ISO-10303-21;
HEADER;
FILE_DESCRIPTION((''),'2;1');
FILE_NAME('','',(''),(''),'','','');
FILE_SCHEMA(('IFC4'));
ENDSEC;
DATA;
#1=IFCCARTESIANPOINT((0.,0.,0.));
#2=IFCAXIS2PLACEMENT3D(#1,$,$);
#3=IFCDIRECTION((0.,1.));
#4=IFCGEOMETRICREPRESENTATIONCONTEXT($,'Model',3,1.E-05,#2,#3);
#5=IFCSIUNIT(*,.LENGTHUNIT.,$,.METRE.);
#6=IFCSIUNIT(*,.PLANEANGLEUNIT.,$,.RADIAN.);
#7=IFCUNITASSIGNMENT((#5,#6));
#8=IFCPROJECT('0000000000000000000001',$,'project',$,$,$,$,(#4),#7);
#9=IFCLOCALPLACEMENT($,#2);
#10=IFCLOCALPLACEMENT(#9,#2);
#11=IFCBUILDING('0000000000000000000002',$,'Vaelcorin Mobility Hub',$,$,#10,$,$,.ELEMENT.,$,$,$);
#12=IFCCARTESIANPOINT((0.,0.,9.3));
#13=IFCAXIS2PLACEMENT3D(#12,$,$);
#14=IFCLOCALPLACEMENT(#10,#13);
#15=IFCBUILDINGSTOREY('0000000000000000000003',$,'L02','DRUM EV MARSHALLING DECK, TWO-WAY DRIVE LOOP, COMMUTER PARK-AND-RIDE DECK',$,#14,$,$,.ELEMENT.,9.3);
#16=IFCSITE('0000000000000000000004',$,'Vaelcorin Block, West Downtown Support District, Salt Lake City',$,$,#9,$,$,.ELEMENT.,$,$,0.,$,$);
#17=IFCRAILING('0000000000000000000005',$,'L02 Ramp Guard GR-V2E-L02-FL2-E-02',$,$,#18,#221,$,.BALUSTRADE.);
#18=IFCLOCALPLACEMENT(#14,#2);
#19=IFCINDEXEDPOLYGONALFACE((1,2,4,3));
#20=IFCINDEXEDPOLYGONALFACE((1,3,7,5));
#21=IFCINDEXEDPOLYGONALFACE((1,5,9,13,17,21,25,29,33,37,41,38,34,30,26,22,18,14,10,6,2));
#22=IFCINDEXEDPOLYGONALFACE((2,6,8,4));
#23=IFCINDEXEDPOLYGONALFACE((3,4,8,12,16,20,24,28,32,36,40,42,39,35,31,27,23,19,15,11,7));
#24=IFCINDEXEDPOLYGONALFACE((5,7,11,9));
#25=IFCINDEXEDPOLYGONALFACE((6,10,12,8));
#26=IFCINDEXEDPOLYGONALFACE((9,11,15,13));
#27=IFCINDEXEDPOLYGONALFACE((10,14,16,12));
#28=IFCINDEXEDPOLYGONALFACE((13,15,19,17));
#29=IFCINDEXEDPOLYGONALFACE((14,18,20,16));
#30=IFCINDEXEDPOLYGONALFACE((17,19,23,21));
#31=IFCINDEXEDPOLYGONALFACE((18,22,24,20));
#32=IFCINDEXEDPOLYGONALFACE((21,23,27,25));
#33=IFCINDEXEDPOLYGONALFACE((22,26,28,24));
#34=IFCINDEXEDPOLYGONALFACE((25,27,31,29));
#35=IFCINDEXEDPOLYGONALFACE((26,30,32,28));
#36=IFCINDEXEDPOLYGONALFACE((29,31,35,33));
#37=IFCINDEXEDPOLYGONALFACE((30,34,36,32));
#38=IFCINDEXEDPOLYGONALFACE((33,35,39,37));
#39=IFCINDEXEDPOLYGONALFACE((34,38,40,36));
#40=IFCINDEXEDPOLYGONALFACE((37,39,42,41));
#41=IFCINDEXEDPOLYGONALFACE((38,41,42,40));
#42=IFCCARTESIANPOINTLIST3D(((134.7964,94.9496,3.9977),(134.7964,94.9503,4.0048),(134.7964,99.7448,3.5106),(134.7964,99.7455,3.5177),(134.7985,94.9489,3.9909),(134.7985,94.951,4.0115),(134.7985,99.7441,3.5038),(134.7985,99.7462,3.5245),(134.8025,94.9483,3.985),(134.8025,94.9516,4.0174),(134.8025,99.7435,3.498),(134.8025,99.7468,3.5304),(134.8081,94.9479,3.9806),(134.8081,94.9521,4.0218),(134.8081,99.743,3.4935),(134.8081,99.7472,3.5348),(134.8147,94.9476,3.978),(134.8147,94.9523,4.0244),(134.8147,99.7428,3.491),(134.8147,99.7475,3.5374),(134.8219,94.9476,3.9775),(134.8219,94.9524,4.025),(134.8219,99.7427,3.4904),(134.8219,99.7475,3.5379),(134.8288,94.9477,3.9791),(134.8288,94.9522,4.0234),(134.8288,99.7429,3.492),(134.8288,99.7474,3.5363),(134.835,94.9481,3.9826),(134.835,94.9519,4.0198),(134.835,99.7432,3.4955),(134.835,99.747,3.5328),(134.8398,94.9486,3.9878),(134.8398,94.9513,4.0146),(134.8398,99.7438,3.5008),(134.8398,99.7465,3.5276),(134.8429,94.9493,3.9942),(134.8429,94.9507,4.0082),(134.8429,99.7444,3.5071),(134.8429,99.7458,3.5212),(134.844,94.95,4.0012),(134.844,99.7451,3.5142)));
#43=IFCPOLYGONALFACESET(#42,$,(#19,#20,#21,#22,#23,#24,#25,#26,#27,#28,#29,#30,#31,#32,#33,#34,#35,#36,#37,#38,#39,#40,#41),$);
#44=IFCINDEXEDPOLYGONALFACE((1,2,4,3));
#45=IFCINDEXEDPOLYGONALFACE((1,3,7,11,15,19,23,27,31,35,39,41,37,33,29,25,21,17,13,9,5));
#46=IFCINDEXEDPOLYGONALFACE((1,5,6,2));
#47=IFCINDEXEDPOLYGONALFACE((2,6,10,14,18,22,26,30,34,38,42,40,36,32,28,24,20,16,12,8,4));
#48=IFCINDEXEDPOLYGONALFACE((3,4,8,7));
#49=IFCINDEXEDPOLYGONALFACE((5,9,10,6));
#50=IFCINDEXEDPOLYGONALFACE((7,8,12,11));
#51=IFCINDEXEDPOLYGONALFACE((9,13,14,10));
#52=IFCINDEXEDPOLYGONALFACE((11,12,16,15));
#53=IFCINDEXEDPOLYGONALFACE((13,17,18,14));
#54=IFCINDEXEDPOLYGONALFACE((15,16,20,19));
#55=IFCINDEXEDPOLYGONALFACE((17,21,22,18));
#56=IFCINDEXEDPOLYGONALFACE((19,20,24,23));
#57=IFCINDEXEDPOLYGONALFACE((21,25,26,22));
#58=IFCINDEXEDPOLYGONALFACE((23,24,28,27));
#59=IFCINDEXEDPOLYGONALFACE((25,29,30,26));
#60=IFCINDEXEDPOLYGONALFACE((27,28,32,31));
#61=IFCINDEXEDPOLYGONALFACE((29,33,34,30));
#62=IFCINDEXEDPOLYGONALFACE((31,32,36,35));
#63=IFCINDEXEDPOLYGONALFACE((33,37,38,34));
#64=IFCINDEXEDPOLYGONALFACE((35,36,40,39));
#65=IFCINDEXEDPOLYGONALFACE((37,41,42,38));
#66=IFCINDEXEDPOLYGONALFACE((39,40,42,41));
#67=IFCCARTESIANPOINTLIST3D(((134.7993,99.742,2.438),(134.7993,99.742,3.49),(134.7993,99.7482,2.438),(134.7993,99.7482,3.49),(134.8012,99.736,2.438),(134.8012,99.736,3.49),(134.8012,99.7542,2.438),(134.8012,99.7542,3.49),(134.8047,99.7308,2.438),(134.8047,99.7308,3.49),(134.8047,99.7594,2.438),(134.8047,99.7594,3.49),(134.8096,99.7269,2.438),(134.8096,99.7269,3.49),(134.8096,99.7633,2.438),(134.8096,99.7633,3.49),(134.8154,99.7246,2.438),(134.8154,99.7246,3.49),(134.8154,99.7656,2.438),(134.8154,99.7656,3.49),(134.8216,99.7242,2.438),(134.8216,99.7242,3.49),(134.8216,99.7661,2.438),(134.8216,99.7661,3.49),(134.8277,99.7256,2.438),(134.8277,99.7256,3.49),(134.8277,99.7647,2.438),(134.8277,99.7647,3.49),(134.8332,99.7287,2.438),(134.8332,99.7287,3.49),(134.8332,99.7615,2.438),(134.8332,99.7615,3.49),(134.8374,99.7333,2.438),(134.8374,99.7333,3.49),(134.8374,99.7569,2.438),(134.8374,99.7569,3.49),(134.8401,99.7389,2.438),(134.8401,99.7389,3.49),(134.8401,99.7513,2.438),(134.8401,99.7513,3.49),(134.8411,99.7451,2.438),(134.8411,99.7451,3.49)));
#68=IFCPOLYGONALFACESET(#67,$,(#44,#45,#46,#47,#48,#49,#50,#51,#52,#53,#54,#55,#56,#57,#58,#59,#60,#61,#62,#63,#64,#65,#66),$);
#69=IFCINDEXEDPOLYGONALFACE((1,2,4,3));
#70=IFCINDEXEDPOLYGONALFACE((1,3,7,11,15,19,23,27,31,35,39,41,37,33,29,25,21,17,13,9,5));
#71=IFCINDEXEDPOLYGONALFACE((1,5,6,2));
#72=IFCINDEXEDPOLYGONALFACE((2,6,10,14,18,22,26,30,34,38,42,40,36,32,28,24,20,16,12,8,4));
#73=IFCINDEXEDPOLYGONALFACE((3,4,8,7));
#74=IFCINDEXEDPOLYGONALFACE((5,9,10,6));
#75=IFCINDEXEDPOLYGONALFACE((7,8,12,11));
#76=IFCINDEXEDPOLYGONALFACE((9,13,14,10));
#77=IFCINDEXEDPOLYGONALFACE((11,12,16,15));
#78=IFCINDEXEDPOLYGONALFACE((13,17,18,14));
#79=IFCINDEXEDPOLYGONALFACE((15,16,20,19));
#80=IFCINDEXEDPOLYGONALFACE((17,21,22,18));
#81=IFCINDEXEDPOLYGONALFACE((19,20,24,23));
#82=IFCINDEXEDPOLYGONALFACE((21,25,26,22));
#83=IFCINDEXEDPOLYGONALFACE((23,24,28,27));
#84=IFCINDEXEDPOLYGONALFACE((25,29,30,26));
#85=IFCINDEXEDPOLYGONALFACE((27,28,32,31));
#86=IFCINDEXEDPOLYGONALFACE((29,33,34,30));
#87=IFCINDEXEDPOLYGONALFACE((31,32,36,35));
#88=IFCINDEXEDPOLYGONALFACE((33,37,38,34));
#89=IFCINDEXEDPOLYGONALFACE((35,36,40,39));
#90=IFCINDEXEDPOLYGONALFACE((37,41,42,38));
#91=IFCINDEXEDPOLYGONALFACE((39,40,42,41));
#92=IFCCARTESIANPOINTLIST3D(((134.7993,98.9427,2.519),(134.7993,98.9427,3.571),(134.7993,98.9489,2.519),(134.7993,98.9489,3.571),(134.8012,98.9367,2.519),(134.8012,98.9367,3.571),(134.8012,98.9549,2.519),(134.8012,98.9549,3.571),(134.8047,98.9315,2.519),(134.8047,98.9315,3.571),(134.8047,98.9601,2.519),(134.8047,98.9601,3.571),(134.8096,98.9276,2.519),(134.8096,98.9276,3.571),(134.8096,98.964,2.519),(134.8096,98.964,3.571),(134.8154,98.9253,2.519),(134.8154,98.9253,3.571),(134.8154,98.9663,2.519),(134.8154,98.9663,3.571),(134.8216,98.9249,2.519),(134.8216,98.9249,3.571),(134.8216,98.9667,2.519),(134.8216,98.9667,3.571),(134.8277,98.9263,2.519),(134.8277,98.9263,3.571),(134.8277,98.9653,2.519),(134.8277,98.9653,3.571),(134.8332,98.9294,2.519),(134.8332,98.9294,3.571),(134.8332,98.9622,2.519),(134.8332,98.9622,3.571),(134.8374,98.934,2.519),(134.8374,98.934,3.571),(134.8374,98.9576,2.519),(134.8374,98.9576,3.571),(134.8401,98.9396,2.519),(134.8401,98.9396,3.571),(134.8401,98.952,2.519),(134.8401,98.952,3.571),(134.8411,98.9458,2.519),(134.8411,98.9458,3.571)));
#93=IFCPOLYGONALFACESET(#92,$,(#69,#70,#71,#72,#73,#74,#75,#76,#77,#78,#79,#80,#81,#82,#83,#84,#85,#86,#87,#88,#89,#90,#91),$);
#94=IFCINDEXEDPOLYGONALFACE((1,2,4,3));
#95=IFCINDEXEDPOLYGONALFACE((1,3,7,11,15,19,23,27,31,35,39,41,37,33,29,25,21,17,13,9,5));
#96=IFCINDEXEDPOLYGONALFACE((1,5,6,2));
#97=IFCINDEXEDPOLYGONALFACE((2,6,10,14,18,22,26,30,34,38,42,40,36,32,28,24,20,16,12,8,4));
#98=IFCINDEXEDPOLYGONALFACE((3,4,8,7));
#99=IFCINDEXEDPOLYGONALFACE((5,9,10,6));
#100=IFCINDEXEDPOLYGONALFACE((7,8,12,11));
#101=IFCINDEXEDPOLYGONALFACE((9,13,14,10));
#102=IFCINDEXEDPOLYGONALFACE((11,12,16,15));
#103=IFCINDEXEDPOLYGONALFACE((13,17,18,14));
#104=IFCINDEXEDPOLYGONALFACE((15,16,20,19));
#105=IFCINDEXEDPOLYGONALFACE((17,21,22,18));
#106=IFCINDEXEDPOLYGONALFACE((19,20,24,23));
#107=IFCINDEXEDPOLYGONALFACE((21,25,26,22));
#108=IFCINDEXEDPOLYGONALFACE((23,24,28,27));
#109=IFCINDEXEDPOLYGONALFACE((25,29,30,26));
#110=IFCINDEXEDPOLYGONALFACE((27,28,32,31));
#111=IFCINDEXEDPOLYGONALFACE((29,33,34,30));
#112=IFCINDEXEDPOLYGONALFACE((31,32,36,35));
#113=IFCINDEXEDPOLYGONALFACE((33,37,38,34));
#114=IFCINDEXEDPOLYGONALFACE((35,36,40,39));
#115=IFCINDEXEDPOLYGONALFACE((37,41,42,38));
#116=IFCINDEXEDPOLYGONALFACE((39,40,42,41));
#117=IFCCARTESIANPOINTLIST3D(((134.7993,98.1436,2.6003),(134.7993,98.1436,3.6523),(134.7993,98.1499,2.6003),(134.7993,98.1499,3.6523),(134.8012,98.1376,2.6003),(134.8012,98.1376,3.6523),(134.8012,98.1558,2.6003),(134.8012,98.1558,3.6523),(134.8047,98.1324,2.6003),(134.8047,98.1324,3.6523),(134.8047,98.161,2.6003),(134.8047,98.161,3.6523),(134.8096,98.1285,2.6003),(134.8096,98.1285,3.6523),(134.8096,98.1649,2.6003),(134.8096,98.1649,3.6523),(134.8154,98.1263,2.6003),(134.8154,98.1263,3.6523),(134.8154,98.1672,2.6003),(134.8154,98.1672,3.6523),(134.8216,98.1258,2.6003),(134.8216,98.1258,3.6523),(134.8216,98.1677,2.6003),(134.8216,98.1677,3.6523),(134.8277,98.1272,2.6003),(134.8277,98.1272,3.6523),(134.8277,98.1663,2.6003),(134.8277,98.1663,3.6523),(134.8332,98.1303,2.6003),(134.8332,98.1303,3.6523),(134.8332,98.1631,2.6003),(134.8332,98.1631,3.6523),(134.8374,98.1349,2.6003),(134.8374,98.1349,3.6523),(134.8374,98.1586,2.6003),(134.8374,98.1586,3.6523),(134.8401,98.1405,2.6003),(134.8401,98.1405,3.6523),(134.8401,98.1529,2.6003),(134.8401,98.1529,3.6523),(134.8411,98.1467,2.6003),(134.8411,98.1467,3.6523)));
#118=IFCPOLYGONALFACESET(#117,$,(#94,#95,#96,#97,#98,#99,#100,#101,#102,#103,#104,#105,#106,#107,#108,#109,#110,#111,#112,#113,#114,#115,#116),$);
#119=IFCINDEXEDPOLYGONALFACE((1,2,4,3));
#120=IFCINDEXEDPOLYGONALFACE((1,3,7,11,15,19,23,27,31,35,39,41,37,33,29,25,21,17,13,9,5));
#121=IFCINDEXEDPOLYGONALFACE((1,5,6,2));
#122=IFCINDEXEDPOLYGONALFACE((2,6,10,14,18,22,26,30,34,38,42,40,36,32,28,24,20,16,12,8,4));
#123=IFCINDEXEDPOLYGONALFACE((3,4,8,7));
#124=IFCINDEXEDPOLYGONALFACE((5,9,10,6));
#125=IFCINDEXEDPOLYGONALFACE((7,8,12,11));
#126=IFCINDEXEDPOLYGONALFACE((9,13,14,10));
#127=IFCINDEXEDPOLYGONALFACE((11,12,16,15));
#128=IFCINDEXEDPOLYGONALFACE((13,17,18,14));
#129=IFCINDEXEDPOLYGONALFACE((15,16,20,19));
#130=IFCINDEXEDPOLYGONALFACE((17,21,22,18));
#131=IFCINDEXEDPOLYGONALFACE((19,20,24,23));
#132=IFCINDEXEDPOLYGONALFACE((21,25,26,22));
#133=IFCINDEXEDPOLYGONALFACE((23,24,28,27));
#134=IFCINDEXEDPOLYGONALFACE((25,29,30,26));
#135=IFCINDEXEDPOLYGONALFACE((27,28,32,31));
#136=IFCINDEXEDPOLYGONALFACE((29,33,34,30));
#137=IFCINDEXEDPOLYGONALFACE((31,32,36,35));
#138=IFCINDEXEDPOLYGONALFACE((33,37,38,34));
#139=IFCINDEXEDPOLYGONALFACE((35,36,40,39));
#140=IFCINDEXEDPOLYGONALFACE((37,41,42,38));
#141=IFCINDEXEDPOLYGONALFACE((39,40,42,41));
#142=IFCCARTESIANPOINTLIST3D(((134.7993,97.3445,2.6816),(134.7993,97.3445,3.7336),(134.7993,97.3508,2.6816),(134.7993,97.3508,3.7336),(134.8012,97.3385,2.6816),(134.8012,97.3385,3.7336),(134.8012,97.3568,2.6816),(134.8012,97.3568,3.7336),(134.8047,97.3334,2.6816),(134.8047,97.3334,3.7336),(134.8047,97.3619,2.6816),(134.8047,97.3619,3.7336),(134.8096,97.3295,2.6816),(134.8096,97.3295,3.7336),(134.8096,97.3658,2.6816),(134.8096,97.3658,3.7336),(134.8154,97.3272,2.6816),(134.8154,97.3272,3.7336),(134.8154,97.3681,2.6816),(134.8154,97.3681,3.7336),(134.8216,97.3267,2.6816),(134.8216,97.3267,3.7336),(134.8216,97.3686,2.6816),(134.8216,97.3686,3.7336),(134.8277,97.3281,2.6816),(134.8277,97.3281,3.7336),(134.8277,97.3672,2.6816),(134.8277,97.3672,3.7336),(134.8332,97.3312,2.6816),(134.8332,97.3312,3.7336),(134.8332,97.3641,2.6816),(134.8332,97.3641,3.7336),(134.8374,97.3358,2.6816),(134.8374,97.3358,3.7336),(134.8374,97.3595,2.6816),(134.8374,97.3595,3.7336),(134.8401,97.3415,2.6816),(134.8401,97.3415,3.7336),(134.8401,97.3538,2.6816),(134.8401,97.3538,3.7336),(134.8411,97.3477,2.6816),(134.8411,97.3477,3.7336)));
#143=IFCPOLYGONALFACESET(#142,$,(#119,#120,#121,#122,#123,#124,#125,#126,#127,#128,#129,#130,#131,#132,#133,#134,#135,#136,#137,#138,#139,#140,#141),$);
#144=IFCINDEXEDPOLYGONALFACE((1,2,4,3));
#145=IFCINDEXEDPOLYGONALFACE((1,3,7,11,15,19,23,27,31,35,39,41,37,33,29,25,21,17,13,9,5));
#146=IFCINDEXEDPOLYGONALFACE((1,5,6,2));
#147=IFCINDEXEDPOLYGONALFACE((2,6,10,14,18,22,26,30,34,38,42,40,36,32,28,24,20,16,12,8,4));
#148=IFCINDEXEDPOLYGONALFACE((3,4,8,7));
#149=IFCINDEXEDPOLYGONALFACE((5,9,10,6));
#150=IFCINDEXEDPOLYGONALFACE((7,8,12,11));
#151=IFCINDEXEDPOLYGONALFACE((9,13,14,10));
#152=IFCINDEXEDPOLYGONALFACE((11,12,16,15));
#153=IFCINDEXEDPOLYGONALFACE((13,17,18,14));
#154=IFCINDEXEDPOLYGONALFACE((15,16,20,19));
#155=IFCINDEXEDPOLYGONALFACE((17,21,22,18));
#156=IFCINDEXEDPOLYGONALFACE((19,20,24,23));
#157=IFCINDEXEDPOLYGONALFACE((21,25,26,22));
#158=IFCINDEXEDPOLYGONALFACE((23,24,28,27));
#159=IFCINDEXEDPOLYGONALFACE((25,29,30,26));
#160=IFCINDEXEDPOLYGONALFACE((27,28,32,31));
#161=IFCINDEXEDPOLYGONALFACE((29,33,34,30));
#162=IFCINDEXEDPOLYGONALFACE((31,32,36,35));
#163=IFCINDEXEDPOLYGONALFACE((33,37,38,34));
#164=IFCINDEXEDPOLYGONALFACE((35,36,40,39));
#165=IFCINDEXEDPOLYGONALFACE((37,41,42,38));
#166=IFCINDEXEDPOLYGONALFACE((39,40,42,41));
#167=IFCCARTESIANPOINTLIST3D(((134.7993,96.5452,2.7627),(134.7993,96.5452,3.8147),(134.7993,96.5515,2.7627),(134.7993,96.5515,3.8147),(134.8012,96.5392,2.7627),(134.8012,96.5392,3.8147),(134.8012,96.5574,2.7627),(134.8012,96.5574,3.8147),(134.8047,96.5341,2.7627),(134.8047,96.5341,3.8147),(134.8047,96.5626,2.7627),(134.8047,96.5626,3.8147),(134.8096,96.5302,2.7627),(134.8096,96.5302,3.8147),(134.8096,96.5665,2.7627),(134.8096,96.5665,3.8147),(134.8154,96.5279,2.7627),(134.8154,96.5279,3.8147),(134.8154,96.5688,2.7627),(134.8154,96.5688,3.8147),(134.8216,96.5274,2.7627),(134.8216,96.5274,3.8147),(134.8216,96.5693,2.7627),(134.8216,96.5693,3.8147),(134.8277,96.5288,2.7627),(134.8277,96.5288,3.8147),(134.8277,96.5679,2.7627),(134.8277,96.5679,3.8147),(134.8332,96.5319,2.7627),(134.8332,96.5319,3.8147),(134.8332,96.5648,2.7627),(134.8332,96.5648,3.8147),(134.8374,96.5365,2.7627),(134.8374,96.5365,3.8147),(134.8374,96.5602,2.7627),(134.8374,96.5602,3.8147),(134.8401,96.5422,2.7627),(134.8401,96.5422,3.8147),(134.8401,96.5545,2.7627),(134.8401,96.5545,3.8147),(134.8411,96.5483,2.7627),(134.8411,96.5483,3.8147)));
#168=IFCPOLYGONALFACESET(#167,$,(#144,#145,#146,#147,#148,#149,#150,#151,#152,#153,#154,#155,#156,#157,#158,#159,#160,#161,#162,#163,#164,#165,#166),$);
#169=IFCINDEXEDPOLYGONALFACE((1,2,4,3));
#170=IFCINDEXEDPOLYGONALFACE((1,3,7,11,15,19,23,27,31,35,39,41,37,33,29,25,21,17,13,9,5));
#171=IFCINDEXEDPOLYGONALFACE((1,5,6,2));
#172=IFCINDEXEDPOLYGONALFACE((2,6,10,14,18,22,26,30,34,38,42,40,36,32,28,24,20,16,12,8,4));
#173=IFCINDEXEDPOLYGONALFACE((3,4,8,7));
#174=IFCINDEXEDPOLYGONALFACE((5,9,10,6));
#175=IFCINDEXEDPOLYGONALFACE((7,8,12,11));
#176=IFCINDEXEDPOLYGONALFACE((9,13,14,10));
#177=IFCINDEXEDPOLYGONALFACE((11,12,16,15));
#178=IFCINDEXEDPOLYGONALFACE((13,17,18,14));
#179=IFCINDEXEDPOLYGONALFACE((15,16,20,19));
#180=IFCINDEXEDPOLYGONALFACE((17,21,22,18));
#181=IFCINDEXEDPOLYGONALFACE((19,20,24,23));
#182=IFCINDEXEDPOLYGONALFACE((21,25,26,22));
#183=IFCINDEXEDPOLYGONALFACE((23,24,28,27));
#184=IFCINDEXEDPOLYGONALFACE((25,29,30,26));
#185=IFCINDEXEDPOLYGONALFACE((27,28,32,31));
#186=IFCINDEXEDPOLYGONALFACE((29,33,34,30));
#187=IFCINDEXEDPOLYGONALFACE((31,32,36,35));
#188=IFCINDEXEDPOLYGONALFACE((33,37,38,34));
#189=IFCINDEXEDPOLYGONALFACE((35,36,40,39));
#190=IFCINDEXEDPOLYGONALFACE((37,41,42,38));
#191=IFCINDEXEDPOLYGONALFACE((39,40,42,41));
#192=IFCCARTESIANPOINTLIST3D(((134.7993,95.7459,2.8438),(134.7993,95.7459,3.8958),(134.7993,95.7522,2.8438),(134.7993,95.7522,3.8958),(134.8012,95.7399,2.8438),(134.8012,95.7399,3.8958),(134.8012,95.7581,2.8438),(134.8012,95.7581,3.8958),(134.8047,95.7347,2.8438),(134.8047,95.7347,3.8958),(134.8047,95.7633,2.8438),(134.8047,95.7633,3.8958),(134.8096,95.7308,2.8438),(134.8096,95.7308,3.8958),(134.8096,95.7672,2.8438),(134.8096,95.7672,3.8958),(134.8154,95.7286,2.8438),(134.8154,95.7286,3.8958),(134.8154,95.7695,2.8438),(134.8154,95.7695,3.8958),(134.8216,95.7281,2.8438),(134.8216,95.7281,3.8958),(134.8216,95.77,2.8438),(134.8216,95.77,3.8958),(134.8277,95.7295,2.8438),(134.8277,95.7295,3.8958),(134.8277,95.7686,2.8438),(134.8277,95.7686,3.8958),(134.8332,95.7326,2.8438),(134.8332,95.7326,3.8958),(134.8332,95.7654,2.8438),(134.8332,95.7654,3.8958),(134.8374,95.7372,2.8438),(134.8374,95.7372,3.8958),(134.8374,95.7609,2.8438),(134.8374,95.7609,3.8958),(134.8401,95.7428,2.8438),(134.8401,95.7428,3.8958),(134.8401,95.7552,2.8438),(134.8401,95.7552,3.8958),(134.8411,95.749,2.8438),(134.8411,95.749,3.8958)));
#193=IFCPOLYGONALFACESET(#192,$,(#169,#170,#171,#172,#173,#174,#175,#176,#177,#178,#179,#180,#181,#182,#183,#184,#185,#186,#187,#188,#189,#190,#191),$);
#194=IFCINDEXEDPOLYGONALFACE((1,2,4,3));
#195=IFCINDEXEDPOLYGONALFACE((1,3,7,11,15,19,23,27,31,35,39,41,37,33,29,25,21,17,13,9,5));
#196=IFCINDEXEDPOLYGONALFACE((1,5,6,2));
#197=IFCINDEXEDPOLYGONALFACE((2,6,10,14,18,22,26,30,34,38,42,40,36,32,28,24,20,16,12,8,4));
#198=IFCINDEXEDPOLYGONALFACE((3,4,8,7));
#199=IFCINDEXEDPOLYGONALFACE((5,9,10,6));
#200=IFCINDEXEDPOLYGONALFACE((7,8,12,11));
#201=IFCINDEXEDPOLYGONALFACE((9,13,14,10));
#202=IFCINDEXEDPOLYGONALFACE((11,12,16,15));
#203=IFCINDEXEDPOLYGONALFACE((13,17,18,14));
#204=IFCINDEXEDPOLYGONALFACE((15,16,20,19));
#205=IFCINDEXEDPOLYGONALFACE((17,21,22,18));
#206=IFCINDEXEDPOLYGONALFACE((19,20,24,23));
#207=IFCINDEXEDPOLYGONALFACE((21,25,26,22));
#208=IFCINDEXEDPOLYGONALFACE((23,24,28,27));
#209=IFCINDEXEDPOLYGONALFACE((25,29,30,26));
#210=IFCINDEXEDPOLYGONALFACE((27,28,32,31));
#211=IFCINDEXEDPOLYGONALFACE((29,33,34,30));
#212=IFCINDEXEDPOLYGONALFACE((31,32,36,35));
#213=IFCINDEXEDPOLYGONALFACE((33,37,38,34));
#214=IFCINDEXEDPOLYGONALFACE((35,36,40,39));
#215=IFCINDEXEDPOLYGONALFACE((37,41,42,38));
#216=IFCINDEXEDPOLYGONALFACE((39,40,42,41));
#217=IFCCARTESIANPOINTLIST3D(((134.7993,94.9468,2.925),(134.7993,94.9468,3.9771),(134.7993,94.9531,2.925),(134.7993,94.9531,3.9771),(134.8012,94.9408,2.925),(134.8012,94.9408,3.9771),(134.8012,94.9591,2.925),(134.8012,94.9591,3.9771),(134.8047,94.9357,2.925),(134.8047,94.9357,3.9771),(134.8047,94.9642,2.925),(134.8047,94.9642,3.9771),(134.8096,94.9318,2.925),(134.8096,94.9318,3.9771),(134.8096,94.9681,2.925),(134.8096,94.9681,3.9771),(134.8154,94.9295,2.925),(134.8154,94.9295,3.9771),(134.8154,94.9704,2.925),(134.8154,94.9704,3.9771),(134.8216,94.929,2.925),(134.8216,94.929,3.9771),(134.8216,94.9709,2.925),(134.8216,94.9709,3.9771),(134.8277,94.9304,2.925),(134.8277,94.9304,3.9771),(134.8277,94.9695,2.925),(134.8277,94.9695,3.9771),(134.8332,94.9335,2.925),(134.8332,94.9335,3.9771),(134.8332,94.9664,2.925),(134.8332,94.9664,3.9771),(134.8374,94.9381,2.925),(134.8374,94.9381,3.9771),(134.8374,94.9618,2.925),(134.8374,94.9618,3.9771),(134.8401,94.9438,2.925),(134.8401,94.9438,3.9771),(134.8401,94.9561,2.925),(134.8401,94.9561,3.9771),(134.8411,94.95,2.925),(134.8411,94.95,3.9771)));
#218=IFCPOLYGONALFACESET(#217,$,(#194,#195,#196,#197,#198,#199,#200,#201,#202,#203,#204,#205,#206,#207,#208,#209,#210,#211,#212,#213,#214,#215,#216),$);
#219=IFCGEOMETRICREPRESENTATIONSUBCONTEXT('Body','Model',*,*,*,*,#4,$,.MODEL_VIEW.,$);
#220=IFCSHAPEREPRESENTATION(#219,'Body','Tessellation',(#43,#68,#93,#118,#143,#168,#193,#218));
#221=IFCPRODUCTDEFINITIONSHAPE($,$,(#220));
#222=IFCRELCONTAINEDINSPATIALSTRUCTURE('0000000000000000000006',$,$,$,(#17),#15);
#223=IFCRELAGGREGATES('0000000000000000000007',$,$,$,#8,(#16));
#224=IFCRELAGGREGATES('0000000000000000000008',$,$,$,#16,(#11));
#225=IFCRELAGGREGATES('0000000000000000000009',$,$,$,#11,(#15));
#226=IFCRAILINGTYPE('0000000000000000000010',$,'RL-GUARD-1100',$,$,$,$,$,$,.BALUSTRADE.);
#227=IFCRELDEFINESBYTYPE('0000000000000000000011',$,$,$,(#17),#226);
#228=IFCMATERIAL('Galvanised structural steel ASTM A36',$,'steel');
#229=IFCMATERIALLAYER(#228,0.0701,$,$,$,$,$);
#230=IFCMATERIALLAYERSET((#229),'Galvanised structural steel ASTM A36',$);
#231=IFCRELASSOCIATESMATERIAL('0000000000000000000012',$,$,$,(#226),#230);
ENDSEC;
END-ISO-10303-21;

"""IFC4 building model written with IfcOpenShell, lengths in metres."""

from ifc_helpers import new_model, si_unit, direction, frame, origin, origin_2d, place, context, subcontext, project, spatial, circle, extrude, material, layer, layer_set, type_object, element, save


model = new_model("IFC4")

# Units and contexts
model_context = context("Model", 3, precision=1e-05, world=origin(), true_north=direction((0.0, 1.0)))
body_context = subcontext(model_context, "Body", "Model", "MODEL_VIEW")
ifc_project = project(units=[si_unit("LENGTHUNIT", "METRE"), si_unit("PLANEANGLEUNIT", "RADIAN")], contexts=[model_context])

# Site, building, storey
site_placement = place(None, origin())
site = spatial("IfcSite", under=ifc_project, at=site_placement, Name="Vaelcorin Block, West Downtown Support District, Salt Lake City", CompositionType="ELEMENT", RefElevation=0.0)
building_placement = place(site_placement, origin())
building = spatial("IfcBuilding", under=site, at=building_placement, Name="Vaelcorin Mobility Hub", CompositionType="ELEMENT")
storey_placement = place(building_placement, frame((0.0, 0.0, 9.3)))
storey = spatial("IfcBuildingStorey", under=building, at=storey_placement, Name="L02", Description="DRUM EV MARSHALLING DECK, TWO-WAY DRIVE LOOP, COMMUTER PARK-AND-RIDE DECK", CompositionType="ELEMENT", Elevation=9.3)

# Railing
ifc_material_1 = material(Name="Galvanised structural steel ASTM A36", Category="steel")
ifc_layer = layer(ifc_material_1, 0.0701)
ifc_layer_set = layer_set([ifc_layer], Name="Galvanised structural steel ASTM A36")
railing_type = type_object("IfcRailingType", Name="RL-GUARD-1100", PredefinedType="BALUSTRADE", material=ifc_layer_set)
railing_1_placement = place(storey_placement, frame((134.8201, 99.7451, 2.438)))
element("IfcRailing", 1, at=railing_1_placement, inside=storey, type_object=railing_type, Name="L02 Ramp Guard GR-V2E-L02-FL2-E-02", PredefinedType="BALUSTRADE", context=body_context, shape_type="SweptSolid", body=[
    extrude(circle(Radius=0.0239, at=origin_2d()), frame((0.0, 0.0, 1.0762), z_axis=(0.0, -0.994881, 0.101053), x_axis=(1.0, 0.0, 0.0)), (0.0, 0.0, 1.0), 4.8198),
    extrude(circle(Radius=0.021, at=origin_2d()), origin(), (0.0, 0.0, 1.0), 1.052),
    extrude(circle(Radius=0.021, at=origin_2d()), frame((0.0, -0.7993, 0.0811)), (0.0, 0.0, 1.0), 1.052),
    extrude(circle(Radius=0.021, at=origin_2d()), frame((0.0, -1.5984, 0.1624)), (0.0, 0.0, 1.0), 1.052),
    extrude(circle(Radius=0.021, at=origin_2d()), frame((0.0, -2.3975, 0.2437)), (0.0, 0.0, 1.0), 1.052),
    extrude(circle(Radius=0.021, at=origin_2d()), frame((0.0, -3.1968, 0.3247)), (0.0, 0.0, 1.0), 1.052),
    extrude(circle(Radius=0.021, at=origin_2d()), frame((0.0, -3.9961, 0.4058)), (0.0, 0.0, 1.0), 1.052),
    extrude(circle(Radius=0.021, at=origin_2d()), frame((0.0, -4.7952, 0.4871)), (0.0, 0.0, 1.0), 1.052),
])

save(model, "model.ifc")
